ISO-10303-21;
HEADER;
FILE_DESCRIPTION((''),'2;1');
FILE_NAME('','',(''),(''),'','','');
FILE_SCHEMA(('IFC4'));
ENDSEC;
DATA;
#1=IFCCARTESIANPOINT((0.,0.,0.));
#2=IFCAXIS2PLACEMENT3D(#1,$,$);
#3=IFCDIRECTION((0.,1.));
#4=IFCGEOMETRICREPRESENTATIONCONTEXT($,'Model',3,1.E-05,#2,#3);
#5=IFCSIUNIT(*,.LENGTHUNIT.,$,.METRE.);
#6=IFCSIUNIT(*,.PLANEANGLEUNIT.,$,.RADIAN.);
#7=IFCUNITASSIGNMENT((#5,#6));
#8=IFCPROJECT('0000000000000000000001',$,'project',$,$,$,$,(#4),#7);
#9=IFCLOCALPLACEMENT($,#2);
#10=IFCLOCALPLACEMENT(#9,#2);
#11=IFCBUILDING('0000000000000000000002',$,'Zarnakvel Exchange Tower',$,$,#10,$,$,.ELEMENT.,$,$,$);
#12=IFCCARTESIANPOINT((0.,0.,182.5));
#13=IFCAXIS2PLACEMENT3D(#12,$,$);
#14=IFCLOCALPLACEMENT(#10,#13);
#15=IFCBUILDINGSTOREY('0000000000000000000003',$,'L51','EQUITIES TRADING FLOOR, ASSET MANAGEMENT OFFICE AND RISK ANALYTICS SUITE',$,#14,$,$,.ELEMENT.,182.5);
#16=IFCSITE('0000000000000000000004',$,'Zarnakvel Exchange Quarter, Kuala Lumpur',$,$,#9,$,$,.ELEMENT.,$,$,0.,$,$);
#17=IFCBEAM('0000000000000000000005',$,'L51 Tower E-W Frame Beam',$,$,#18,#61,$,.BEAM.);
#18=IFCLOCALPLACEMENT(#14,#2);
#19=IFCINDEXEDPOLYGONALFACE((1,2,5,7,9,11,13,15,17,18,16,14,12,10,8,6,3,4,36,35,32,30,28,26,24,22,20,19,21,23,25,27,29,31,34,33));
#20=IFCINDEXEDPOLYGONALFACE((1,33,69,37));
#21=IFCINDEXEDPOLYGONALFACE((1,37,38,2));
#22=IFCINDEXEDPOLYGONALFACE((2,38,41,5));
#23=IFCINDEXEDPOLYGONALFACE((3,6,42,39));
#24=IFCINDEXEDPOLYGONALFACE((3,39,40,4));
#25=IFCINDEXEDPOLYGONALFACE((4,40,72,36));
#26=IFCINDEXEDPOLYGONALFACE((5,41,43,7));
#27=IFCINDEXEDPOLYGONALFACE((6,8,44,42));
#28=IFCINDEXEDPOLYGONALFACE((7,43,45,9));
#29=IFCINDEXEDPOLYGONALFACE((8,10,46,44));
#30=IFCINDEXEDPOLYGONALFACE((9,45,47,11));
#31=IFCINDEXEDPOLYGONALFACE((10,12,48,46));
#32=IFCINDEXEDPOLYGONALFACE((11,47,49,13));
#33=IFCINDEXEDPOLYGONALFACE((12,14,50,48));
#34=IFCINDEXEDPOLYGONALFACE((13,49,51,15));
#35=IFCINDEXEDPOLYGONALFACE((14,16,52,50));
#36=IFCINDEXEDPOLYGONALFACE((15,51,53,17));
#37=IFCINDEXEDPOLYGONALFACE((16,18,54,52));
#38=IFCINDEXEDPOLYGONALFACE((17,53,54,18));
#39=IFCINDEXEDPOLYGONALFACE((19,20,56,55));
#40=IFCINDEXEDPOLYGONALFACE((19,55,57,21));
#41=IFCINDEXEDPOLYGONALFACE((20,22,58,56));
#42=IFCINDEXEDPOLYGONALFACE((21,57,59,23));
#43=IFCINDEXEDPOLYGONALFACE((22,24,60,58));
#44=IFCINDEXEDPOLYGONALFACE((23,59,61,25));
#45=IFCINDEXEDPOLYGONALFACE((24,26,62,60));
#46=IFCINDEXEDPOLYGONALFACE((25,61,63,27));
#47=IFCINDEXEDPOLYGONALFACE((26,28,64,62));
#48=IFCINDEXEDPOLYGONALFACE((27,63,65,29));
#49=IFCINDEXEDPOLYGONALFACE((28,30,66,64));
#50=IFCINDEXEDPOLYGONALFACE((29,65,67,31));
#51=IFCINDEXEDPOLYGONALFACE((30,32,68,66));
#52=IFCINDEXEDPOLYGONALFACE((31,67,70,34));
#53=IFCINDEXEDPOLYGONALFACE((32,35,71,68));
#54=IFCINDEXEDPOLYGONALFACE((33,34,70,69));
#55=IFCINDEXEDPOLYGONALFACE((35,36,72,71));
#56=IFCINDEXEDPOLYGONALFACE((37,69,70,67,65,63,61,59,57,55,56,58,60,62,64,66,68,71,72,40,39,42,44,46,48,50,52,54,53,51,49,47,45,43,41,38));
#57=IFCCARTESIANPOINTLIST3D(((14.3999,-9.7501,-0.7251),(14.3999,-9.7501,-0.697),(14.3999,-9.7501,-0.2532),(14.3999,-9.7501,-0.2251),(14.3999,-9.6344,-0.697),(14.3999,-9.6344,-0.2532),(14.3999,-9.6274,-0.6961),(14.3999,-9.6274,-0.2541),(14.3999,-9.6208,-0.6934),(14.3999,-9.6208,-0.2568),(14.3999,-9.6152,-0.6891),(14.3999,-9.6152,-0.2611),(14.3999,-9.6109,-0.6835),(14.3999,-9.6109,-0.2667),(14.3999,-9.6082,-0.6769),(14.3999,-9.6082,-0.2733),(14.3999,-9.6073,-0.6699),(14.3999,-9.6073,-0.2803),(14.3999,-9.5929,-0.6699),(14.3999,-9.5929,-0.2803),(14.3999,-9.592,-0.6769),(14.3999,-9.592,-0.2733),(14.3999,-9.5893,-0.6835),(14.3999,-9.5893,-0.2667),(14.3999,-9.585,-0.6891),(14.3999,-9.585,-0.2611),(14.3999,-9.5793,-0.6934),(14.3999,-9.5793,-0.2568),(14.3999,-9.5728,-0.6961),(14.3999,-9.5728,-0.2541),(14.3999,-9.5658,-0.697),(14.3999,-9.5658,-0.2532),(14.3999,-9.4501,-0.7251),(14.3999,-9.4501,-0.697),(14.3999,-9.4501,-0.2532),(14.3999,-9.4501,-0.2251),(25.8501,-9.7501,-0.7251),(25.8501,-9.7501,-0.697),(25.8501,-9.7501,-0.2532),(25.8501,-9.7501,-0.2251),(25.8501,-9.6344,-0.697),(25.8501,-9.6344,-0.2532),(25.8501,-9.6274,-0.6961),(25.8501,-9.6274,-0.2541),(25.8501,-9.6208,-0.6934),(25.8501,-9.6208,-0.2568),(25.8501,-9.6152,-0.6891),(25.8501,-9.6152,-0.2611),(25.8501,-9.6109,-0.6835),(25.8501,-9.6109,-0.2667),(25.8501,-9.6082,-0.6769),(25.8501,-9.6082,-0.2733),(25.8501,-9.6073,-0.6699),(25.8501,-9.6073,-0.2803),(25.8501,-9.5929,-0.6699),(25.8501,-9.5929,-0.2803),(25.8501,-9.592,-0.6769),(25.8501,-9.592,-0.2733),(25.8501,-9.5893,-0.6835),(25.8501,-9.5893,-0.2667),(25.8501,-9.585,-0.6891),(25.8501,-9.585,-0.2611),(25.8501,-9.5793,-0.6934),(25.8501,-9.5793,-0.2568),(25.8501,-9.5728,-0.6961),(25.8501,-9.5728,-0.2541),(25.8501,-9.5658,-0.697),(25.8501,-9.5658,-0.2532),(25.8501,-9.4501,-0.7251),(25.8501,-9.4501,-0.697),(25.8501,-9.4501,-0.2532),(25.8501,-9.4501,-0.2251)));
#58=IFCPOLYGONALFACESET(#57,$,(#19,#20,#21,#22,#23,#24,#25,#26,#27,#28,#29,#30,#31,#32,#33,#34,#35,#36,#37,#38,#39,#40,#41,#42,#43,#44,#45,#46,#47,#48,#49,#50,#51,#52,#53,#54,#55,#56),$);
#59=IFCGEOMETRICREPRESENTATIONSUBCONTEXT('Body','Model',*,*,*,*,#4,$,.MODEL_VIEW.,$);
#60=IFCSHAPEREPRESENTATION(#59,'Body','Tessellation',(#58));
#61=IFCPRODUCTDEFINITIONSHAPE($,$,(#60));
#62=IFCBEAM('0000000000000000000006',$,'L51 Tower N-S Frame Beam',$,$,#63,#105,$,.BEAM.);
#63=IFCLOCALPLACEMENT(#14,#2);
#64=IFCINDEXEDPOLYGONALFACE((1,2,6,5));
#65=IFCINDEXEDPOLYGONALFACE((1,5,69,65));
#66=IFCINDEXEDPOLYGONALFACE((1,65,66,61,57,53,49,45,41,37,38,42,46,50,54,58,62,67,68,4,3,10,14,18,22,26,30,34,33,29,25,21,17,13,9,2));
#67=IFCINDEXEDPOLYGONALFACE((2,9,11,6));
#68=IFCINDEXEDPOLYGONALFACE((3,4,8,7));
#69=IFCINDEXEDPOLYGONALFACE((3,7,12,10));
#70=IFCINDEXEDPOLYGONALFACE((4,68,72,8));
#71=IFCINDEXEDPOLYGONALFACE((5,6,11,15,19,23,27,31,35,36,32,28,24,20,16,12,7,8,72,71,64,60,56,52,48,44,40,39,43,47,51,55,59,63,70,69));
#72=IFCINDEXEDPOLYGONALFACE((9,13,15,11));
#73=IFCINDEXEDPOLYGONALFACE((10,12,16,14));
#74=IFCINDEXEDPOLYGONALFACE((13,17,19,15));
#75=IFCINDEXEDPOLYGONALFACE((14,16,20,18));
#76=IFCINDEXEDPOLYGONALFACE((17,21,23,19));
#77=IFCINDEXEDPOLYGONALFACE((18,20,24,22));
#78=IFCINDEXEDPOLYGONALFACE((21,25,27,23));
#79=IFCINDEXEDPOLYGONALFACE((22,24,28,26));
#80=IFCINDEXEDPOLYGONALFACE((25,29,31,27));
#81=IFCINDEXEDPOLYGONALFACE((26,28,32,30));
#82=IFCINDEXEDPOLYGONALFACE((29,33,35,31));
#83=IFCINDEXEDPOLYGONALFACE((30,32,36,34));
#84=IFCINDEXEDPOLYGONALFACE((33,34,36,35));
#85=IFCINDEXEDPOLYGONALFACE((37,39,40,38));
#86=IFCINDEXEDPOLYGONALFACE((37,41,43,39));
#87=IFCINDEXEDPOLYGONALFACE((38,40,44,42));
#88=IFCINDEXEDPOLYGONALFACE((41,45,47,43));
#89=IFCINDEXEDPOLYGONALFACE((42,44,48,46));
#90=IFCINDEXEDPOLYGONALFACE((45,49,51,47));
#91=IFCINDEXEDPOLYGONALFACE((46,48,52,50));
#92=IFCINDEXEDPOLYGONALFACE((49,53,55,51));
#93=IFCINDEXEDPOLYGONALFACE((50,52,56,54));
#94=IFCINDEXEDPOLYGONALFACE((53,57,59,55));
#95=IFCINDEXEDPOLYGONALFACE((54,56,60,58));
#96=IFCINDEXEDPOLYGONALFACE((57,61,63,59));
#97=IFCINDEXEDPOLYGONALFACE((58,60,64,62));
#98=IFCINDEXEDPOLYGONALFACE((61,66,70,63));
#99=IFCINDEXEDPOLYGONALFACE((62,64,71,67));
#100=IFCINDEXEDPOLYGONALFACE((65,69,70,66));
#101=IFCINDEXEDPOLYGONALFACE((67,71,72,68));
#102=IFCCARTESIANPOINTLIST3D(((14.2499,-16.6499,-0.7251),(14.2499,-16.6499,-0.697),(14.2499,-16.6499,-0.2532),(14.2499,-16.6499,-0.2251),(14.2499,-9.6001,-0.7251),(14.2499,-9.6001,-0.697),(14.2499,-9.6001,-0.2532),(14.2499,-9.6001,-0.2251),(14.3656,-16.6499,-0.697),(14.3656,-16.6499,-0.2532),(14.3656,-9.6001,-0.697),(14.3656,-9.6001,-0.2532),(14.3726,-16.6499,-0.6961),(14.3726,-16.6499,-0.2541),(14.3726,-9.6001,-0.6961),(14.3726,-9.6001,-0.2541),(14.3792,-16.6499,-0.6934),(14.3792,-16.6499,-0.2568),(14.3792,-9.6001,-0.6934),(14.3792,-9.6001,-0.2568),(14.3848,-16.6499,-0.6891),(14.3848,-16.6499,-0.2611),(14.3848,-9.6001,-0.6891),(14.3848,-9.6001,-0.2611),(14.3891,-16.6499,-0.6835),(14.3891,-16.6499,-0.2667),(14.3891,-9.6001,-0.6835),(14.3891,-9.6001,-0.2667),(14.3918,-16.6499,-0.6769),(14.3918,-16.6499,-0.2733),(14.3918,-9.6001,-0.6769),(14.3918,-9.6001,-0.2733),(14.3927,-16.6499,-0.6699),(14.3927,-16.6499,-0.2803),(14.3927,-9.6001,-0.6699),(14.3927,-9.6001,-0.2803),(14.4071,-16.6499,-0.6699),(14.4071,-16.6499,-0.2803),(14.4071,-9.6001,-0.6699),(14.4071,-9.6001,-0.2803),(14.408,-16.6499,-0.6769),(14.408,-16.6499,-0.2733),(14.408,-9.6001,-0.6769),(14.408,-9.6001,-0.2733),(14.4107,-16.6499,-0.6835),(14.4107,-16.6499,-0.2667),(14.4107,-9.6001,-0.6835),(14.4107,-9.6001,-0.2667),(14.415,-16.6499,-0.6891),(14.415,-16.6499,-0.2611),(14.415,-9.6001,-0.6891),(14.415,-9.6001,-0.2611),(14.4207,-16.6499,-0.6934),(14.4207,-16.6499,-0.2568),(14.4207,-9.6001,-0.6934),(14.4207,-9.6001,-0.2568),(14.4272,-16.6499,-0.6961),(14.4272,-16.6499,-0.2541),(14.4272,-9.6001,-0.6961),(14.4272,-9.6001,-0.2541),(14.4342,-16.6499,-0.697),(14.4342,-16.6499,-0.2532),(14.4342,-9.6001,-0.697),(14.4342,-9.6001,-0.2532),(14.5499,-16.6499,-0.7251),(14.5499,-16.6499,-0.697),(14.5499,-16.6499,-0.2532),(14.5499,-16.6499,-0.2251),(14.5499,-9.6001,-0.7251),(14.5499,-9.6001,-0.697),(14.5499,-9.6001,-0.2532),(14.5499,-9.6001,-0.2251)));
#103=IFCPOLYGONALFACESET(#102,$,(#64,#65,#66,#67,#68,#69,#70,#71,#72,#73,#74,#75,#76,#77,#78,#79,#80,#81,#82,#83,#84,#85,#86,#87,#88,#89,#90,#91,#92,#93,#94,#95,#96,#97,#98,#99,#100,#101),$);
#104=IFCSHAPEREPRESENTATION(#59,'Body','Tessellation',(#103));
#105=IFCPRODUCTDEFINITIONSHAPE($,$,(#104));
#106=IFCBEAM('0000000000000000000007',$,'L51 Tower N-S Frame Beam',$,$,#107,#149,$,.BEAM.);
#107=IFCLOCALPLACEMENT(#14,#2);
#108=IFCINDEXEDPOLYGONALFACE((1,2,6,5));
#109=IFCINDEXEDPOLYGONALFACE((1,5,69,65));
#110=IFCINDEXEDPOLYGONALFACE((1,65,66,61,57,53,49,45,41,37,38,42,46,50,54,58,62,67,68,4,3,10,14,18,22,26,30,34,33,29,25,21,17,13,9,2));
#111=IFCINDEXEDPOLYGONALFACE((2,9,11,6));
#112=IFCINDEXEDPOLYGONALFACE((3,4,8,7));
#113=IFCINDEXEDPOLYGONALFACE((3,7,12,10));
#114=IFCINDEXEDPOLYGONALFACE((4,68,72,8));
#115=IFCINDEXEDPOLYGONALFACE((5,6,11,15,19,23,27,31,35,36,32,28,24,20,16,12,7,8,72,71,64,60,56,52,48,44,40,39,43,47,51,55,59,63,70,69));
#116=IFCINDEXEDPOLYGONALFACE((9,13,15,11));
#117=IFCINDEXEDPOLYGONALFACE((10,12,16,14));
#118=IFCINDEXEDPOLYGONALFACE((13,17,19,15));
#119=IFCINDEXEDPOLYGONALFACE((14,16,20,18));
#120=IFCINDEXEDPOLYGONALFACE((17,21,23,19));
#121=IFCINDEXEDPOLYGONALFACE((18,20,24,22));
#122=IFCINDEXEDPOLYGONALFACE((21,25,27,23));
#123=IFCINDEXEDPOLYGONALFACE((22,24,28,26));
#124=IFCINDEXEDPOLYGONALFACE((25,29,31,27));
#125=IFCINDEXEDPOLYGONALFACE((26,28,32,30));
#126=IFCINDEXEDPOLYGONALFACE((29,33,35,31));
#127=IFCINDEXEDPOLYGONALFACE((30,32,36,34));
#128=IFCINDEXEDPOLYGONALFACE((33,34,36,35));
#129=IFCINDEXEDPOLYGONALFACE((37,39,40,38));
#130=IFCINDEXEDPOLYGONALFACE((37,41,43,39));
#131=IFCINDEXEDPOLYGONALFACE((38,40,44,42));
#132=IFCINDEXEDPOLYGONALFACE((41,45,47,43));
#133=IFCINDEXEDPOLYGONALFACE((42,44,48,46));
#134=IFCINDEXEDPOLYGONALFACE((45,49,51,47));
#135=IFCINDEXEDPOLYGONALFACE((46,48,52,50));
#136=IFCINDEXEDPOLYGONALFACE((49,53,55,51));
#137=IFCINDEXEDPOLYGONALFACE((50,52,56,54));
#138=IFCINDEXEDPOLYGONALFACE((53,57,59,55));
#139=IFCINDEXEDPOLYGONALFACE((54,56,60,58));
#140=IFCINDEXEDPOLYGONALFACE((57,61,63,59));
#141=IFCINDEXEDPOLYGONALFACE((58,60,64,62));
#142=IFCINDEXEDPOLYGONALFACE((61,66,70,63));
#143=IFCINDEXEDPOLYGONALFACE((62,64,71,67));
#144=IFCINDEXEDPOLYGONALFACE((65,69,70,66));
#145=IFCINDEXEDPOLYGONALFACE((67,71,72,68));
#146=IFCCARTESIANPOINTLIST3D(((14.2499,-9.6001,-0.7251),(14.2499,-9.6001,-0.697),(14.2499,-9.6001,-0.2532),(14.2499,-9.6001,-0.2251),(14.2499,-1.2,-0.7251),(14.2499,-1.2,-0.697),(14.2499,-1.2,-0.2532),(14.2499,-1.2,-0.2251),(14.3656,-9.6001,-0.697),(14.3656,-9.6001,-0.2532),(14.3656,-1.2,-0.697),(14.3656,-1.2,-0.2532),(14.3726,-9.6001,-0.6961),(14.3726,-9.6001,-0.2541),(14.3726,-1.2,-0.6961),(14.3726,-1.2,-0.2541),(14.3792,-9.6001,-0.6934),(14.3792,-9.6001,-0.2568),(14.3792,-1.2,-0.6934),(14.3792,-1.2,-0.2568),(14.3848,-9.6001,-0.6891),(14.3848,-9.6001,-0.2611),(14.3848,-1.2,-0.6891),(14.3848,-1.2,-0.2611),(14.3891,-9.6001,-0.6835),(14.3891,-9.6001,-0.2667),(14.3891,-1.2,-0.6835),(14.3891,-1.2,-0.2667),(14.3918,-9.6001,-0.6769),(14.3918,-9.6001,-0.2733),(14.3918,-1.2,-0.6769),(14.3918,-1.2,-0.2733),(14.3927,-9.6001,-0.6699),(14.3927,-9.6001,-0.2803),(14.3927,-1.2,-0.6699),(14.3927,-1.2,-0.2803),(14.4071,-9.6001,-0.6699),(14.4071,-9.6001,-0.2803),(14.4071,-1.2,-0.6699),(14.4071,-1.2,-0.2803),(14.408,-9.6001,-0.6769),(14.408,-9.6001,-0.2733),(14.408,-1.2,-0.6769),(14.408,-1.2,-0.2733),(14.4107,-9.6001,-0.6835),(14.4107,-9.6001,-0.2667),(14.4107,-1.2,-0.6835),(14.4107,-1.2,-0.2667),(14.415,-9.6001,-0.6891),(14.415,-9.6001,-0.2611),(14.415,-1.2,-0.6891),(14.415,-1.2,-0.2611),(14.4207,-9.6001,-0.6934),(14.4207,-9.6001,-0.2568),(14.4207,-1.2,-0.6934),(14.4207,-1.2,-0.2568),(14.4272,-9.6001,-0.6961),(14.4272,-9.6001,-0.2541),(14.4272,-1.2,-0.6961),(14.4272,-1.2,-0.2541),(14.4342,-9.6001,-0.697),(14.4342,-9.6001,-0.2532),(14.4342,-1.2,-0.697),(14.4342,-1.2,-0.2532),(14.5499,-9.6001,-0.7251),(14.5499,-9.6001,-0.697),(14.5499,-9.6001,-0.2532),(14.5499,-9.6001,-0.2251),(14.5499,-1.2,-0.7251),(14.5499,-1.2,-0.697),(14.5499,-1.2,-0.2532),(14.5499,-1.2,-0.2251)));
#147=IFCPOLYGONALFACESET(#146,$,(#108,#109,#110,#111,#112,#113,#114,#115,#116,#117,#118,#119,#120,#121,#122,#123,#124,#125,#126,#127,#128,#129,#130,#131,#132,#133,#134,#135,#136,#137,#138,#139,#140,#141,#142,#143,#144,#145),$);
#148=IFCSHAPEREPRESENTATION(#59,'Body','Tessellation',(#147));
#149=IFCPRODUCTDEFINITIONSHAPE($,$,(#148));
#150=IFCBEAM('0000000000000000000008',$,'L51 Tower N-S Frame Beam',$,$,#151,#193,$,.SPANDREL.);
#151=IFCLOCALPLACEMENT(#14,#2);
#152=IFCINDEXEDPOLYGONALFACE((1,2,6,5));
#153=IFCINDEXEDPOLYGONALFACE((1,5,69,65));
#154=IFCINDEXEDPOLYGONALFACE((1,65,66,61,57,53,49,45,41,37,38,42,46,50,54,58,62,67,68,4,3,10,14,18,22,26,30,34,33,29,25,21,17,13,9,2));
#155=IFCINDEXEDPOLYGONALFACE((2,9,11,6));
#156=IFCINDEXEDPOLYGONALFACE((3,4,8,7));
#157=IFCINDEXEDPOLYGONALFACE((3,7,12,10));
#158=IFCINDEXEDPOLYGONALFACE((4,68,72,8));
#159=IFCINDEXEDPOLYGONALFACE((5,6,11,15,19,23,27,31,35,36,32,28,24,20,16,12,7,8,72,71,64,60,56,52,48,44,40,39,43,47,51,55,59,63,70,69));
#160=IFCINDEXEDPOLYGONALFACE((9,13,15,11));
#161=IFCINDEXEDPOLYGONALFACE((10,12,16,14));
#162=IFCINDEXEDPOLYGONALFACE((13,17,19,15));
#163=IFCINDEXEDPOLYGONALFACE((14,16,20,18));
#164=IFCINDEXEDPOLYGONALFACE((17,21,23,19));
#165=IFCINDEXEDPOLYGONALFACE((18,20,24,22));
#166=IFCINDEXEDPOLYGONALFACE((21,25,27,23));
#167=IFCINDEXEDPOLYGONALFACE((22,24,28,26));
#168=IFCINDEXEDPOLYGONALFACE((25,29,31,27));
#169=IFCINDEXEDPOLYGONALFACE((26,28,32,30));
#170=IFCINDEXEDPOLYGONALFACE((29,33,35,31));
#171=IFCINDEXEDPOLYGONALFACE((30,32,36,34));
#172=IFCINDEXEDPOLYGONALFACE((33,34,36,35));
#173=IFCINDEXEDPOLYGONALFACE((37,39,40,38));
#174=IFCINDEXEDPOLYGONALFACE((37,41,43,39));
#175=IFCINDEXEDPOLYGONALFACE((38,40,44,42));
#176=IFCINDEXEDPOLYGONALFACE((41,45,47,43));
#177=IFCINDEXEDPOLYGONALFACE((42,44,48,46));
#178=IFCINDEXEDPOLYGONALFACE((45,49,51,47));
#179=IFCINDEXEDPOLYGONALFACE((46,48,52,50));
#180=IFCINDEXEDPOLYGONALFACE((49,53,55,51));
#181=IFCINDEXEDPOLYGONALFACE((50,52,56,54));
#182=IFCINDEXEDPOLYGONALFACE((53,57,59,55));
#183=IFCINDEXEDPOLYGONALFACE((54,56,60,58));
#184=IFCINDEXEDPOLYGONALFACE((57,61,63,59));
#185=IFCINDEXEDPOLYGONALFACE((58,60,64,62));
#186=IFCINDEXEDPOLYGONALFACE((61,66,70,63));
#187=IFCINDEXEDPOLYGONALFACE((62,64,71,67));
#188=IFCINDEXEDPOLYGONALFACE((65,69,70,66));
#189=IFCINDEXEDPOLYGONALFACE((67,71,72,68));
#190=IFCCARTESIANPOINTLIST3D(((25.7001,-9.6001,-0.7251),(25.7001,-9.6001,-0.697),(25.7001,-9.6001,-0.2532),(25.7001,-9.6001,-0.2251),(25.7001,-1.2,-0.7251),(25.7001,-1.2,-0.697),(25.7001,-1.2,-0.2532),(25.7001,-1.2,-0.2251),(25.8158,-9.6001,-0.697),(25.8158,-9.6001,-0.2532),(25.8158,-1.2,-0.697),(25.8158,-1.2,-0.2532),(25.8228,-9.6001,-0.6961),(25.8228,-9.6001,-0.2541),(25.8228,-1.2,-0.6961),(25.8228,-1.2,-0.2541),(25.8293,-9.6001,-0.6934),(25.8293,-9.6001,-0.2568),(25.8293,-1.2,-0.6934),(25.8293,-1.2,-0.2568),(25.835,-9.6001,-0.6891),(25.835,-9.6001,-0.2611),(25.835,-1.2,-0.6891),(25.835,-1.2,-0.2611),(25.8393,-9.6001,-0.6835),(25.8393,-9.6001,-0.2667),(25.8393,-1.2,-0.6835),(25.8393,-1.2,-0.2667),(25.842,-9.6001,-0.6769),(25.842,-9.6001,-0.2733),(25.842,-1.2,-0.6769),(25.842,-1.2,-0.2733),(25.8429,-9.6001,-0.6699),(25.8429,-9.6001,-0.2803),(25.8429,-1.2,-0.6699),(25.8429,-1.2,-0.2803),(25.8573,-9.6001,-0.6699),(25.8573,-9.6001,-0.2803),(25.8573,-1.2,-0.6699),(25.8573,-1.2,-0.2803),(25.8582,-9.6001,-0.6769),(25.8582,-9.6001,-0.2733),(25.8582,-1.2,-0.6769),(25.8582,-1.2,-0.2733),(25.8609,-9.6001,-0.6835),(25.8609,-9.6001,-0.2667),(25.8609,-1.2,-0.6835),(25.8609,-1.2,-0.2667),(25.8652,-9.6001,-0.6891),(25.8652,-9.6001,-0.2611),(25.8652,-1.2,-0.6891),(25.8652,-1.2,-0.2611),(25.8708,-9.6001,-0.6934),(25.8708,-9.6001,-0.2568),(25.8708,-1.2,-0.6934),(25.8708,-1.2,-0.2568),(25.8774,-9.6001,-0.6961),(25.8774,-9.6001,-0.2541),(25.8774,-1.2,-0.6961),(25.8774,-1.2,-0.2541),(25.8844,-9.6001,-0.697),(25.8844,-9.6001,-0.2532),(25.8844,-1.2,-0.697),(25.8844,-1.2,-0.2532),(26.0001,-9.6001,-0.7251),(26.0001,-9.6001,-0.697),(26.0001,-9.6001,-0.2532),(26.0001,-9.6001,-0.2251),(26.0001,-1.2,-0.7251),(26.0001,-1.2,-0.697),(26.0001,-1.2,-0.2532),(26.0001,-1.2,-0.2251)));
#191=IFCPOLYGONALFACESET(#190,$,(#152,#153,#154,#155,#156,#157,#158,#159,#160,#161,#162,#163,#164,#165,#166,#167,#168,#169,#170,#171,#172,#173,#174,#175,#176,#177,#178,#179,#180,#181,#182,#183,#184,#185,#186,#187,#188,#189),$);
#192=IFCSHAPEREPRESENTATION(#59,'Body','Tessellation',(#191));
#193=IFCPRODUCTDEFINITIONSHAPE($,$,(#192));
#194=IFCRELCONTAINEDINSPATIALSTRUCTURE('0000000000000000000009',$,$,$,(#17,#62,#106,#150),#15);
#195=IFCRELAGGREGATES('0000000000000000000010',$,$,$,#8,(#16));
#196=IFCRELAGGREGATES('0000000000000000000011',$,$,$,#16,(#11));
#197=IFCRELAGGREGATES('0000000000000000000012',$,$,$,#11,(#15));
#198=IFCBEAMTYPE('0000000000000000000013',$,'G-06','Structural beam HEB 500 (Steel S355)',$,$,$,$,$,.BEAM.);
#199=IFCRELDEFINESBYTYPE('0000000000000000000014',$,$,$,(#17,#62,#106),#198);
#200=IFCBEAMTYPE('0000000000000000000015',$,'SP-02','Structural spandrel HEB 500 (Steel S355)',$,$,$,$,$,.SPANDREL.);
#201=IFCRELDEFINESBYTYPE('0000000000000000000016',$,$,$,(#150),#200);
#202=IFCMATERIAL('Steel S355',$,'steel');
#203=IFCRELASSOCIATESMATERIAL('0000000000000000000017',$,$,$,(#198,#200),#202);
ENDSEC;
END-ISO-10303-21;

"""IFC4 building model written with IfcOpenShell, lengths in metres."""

from ifc_helpers import new_model, si_unit, direction, frame, origin, origin_2d, place, context, subcontext, project, spatial, i_section, extrude, material, material_profile, profile_set, type_object, element, save


model = new_model("IFC4")

# Units and contexts
model_context = context("Model", 3, precision=1e-05, world=origin(), true_north=direction((0.0, 1.0)))
body_context = subcontext(model_context, "Body", "Model", "MODEL_VIEW")
ifc_project = project(units=[si_unit("LENGTHUNIT", "METRE"), si_unit("PLANEANGLEUNIT", "RADIAN")], contexts=[model_context])

# Site, building, storey
site_placement = place(None, origin())
site = spatial("IfcSite", under=ifc_project, at=site_placement, Name="Zarnakvel Exchange Quarter, Kuala Lumpur", CompositionType="ELEMENT", RefElevation=0.0)
building_placement = place(site_placement, origin())
building = spatial("IfcBuilding", under=site, at=building_placement, Name="Zarnakvel Exchange Tower", CompositionType="ELEMENT")
storey_placement = place(building_placement, frame((0.0, 0.0, 182.5)))
storey = spatial("IfcBuildingStorey", under=building, at=storey_placement, Name="L51", Description="EQUITIES TRADING FLOOR, ASSET MANAGEMENT OFFICE AND RISK ANALYTICS SUITE", CompositionType="ELEMENT", Elevation=182.5)

# Shared definitions
ifc_material_1 = material(Name="Steel S355", Category="steel")

# Beams
ifc_material_profile_1 = material_profile(ifc_material_1, i_section(OverallWidth=0.3, OverallDepth=0.5, WebThickness=0.0144, FlangeThickness=0.0281, FilletRadius=0.0271, at=origin_2d()))
ifc_profile_set_1 = profile_set([ifc_material_profile_1], Name="Steel S355")
beam_type_1 = type_object("IfcBeamType", Name="G-06", Description="Structural beam HEB 500 (Steel S355)", PredefinedType="BEAM", material=ifc_profile_set_1)
beam_1_placement = place(storey_placement, frame((14.3999, -9.6001, -0.4751), z_axis=(1.0, 0.0, 0.0), x_axis=(0.0, 1.0, 0.0)))
element("IfcBeam", 1, at=beam_1_placement, inside=storey, type_object=beam_type_1, Name="L51 Tower E-W Frame Beam", PredefinedType="BEAM", context=body_context, shape_type="SweptSolid", body=[
    extrude(i_section(OverallWidth=0.3, OverallDepth=0.5, WebThickness=0.0144, FlangeThickness=0.0281, FilletRadius=0.0271, at=origin_2d()), origin(), (0.0, 0.0, 1.0), 11.4502),
])
beam_2_placement = place(storey_placement, frame((14.3999, -16.6499, -0.4751), z_axis=(0.0, 1.0, 0.0), x_axis=(-1.0, 0.0, 0.0)))
element("IfcBeam", 2, at=beam_2_placement, inside=storey, type_object=beam_type_1, Name="L51 Tower N-S Frame Beam", PredefinedType="BEAM", context=body_context, shape_type="SweptSolid", body=[
    extrude(i_section(OverallWidth=0.3, OverallDepth=0.5, WebThickness=0.0144, FlangeThickness=0.0281, FilletRadius=0.0271, at=origin_2d()), origin(), (0.0, 0.0, 1.0), 7.0498),
])
beam_3_placement = place(storey_placement, frame((14.3999, -9.6001, -0.4751), z_axis=(0.0, 1.0, 0.0), x_axis=(-1.0, 0.0, 0.0)))
element("IfcBeam", 3, at=beam_3_placement, inside=storey, type_object=beam_type_1, Name="L51 Tower N-S Frame Beam", PredefinedType="BEAM", context=body_context, shape_type="SweptSolid", body=[
    extrude(i_section(OverallWidth=0.3, OverallDepth=0.5, WebThickness=0.0144, FlangeThickness=0.0281, FilletRadius=0.0271, at=origin_2d()), origin(), (0.0, 0.0, 1.0), 8.4001),
])
ifc_material_profile_2 = material_profile(ifc_material_1, i_section(OverallWidth=0.3, OverallDepth=0.5, WebThickness=0.0144, FlangeThickness=0.0281, FilletRadius=0.0271, at=origin_2d()))
ifc_profile_set_2 = profile_set([ifc_material_profile_2], Name="Steel S355")
beam_type_2 = type_object("IfcBeamType", Name="SP-02", Description="Structural spandrel HEB 500 (Steel S355)", PredefinedType="SPANDREL", material=ifc_profile_set_2)
beam_4_placement = place(storey_placement, frame((25.8501, -9.6001, -0.4751), z_axis=(0.0, 1.0, 0.0), x_axis=(-1.0, 0.0, 0.0)))
element("IfcBeam", 4, at=beam_4_placement, inside=storey, type_object=beam_type_2, Name="L51 Tower N-S Frame Beam", PredefinedType="SPANDREL", context=body_context, shape_type="SweptSolid", body=[
    extrude(i_section(OverallWidth=0.3, OverallDepth=0.5, WebThickness=0.0144, FlangeThickness=0.0281, FilletRadius=0.0271, at=origin_2d()), origin(), (0.0, 0.0, 1.0), 8.4001),
])

save(model, "model.ifc")
